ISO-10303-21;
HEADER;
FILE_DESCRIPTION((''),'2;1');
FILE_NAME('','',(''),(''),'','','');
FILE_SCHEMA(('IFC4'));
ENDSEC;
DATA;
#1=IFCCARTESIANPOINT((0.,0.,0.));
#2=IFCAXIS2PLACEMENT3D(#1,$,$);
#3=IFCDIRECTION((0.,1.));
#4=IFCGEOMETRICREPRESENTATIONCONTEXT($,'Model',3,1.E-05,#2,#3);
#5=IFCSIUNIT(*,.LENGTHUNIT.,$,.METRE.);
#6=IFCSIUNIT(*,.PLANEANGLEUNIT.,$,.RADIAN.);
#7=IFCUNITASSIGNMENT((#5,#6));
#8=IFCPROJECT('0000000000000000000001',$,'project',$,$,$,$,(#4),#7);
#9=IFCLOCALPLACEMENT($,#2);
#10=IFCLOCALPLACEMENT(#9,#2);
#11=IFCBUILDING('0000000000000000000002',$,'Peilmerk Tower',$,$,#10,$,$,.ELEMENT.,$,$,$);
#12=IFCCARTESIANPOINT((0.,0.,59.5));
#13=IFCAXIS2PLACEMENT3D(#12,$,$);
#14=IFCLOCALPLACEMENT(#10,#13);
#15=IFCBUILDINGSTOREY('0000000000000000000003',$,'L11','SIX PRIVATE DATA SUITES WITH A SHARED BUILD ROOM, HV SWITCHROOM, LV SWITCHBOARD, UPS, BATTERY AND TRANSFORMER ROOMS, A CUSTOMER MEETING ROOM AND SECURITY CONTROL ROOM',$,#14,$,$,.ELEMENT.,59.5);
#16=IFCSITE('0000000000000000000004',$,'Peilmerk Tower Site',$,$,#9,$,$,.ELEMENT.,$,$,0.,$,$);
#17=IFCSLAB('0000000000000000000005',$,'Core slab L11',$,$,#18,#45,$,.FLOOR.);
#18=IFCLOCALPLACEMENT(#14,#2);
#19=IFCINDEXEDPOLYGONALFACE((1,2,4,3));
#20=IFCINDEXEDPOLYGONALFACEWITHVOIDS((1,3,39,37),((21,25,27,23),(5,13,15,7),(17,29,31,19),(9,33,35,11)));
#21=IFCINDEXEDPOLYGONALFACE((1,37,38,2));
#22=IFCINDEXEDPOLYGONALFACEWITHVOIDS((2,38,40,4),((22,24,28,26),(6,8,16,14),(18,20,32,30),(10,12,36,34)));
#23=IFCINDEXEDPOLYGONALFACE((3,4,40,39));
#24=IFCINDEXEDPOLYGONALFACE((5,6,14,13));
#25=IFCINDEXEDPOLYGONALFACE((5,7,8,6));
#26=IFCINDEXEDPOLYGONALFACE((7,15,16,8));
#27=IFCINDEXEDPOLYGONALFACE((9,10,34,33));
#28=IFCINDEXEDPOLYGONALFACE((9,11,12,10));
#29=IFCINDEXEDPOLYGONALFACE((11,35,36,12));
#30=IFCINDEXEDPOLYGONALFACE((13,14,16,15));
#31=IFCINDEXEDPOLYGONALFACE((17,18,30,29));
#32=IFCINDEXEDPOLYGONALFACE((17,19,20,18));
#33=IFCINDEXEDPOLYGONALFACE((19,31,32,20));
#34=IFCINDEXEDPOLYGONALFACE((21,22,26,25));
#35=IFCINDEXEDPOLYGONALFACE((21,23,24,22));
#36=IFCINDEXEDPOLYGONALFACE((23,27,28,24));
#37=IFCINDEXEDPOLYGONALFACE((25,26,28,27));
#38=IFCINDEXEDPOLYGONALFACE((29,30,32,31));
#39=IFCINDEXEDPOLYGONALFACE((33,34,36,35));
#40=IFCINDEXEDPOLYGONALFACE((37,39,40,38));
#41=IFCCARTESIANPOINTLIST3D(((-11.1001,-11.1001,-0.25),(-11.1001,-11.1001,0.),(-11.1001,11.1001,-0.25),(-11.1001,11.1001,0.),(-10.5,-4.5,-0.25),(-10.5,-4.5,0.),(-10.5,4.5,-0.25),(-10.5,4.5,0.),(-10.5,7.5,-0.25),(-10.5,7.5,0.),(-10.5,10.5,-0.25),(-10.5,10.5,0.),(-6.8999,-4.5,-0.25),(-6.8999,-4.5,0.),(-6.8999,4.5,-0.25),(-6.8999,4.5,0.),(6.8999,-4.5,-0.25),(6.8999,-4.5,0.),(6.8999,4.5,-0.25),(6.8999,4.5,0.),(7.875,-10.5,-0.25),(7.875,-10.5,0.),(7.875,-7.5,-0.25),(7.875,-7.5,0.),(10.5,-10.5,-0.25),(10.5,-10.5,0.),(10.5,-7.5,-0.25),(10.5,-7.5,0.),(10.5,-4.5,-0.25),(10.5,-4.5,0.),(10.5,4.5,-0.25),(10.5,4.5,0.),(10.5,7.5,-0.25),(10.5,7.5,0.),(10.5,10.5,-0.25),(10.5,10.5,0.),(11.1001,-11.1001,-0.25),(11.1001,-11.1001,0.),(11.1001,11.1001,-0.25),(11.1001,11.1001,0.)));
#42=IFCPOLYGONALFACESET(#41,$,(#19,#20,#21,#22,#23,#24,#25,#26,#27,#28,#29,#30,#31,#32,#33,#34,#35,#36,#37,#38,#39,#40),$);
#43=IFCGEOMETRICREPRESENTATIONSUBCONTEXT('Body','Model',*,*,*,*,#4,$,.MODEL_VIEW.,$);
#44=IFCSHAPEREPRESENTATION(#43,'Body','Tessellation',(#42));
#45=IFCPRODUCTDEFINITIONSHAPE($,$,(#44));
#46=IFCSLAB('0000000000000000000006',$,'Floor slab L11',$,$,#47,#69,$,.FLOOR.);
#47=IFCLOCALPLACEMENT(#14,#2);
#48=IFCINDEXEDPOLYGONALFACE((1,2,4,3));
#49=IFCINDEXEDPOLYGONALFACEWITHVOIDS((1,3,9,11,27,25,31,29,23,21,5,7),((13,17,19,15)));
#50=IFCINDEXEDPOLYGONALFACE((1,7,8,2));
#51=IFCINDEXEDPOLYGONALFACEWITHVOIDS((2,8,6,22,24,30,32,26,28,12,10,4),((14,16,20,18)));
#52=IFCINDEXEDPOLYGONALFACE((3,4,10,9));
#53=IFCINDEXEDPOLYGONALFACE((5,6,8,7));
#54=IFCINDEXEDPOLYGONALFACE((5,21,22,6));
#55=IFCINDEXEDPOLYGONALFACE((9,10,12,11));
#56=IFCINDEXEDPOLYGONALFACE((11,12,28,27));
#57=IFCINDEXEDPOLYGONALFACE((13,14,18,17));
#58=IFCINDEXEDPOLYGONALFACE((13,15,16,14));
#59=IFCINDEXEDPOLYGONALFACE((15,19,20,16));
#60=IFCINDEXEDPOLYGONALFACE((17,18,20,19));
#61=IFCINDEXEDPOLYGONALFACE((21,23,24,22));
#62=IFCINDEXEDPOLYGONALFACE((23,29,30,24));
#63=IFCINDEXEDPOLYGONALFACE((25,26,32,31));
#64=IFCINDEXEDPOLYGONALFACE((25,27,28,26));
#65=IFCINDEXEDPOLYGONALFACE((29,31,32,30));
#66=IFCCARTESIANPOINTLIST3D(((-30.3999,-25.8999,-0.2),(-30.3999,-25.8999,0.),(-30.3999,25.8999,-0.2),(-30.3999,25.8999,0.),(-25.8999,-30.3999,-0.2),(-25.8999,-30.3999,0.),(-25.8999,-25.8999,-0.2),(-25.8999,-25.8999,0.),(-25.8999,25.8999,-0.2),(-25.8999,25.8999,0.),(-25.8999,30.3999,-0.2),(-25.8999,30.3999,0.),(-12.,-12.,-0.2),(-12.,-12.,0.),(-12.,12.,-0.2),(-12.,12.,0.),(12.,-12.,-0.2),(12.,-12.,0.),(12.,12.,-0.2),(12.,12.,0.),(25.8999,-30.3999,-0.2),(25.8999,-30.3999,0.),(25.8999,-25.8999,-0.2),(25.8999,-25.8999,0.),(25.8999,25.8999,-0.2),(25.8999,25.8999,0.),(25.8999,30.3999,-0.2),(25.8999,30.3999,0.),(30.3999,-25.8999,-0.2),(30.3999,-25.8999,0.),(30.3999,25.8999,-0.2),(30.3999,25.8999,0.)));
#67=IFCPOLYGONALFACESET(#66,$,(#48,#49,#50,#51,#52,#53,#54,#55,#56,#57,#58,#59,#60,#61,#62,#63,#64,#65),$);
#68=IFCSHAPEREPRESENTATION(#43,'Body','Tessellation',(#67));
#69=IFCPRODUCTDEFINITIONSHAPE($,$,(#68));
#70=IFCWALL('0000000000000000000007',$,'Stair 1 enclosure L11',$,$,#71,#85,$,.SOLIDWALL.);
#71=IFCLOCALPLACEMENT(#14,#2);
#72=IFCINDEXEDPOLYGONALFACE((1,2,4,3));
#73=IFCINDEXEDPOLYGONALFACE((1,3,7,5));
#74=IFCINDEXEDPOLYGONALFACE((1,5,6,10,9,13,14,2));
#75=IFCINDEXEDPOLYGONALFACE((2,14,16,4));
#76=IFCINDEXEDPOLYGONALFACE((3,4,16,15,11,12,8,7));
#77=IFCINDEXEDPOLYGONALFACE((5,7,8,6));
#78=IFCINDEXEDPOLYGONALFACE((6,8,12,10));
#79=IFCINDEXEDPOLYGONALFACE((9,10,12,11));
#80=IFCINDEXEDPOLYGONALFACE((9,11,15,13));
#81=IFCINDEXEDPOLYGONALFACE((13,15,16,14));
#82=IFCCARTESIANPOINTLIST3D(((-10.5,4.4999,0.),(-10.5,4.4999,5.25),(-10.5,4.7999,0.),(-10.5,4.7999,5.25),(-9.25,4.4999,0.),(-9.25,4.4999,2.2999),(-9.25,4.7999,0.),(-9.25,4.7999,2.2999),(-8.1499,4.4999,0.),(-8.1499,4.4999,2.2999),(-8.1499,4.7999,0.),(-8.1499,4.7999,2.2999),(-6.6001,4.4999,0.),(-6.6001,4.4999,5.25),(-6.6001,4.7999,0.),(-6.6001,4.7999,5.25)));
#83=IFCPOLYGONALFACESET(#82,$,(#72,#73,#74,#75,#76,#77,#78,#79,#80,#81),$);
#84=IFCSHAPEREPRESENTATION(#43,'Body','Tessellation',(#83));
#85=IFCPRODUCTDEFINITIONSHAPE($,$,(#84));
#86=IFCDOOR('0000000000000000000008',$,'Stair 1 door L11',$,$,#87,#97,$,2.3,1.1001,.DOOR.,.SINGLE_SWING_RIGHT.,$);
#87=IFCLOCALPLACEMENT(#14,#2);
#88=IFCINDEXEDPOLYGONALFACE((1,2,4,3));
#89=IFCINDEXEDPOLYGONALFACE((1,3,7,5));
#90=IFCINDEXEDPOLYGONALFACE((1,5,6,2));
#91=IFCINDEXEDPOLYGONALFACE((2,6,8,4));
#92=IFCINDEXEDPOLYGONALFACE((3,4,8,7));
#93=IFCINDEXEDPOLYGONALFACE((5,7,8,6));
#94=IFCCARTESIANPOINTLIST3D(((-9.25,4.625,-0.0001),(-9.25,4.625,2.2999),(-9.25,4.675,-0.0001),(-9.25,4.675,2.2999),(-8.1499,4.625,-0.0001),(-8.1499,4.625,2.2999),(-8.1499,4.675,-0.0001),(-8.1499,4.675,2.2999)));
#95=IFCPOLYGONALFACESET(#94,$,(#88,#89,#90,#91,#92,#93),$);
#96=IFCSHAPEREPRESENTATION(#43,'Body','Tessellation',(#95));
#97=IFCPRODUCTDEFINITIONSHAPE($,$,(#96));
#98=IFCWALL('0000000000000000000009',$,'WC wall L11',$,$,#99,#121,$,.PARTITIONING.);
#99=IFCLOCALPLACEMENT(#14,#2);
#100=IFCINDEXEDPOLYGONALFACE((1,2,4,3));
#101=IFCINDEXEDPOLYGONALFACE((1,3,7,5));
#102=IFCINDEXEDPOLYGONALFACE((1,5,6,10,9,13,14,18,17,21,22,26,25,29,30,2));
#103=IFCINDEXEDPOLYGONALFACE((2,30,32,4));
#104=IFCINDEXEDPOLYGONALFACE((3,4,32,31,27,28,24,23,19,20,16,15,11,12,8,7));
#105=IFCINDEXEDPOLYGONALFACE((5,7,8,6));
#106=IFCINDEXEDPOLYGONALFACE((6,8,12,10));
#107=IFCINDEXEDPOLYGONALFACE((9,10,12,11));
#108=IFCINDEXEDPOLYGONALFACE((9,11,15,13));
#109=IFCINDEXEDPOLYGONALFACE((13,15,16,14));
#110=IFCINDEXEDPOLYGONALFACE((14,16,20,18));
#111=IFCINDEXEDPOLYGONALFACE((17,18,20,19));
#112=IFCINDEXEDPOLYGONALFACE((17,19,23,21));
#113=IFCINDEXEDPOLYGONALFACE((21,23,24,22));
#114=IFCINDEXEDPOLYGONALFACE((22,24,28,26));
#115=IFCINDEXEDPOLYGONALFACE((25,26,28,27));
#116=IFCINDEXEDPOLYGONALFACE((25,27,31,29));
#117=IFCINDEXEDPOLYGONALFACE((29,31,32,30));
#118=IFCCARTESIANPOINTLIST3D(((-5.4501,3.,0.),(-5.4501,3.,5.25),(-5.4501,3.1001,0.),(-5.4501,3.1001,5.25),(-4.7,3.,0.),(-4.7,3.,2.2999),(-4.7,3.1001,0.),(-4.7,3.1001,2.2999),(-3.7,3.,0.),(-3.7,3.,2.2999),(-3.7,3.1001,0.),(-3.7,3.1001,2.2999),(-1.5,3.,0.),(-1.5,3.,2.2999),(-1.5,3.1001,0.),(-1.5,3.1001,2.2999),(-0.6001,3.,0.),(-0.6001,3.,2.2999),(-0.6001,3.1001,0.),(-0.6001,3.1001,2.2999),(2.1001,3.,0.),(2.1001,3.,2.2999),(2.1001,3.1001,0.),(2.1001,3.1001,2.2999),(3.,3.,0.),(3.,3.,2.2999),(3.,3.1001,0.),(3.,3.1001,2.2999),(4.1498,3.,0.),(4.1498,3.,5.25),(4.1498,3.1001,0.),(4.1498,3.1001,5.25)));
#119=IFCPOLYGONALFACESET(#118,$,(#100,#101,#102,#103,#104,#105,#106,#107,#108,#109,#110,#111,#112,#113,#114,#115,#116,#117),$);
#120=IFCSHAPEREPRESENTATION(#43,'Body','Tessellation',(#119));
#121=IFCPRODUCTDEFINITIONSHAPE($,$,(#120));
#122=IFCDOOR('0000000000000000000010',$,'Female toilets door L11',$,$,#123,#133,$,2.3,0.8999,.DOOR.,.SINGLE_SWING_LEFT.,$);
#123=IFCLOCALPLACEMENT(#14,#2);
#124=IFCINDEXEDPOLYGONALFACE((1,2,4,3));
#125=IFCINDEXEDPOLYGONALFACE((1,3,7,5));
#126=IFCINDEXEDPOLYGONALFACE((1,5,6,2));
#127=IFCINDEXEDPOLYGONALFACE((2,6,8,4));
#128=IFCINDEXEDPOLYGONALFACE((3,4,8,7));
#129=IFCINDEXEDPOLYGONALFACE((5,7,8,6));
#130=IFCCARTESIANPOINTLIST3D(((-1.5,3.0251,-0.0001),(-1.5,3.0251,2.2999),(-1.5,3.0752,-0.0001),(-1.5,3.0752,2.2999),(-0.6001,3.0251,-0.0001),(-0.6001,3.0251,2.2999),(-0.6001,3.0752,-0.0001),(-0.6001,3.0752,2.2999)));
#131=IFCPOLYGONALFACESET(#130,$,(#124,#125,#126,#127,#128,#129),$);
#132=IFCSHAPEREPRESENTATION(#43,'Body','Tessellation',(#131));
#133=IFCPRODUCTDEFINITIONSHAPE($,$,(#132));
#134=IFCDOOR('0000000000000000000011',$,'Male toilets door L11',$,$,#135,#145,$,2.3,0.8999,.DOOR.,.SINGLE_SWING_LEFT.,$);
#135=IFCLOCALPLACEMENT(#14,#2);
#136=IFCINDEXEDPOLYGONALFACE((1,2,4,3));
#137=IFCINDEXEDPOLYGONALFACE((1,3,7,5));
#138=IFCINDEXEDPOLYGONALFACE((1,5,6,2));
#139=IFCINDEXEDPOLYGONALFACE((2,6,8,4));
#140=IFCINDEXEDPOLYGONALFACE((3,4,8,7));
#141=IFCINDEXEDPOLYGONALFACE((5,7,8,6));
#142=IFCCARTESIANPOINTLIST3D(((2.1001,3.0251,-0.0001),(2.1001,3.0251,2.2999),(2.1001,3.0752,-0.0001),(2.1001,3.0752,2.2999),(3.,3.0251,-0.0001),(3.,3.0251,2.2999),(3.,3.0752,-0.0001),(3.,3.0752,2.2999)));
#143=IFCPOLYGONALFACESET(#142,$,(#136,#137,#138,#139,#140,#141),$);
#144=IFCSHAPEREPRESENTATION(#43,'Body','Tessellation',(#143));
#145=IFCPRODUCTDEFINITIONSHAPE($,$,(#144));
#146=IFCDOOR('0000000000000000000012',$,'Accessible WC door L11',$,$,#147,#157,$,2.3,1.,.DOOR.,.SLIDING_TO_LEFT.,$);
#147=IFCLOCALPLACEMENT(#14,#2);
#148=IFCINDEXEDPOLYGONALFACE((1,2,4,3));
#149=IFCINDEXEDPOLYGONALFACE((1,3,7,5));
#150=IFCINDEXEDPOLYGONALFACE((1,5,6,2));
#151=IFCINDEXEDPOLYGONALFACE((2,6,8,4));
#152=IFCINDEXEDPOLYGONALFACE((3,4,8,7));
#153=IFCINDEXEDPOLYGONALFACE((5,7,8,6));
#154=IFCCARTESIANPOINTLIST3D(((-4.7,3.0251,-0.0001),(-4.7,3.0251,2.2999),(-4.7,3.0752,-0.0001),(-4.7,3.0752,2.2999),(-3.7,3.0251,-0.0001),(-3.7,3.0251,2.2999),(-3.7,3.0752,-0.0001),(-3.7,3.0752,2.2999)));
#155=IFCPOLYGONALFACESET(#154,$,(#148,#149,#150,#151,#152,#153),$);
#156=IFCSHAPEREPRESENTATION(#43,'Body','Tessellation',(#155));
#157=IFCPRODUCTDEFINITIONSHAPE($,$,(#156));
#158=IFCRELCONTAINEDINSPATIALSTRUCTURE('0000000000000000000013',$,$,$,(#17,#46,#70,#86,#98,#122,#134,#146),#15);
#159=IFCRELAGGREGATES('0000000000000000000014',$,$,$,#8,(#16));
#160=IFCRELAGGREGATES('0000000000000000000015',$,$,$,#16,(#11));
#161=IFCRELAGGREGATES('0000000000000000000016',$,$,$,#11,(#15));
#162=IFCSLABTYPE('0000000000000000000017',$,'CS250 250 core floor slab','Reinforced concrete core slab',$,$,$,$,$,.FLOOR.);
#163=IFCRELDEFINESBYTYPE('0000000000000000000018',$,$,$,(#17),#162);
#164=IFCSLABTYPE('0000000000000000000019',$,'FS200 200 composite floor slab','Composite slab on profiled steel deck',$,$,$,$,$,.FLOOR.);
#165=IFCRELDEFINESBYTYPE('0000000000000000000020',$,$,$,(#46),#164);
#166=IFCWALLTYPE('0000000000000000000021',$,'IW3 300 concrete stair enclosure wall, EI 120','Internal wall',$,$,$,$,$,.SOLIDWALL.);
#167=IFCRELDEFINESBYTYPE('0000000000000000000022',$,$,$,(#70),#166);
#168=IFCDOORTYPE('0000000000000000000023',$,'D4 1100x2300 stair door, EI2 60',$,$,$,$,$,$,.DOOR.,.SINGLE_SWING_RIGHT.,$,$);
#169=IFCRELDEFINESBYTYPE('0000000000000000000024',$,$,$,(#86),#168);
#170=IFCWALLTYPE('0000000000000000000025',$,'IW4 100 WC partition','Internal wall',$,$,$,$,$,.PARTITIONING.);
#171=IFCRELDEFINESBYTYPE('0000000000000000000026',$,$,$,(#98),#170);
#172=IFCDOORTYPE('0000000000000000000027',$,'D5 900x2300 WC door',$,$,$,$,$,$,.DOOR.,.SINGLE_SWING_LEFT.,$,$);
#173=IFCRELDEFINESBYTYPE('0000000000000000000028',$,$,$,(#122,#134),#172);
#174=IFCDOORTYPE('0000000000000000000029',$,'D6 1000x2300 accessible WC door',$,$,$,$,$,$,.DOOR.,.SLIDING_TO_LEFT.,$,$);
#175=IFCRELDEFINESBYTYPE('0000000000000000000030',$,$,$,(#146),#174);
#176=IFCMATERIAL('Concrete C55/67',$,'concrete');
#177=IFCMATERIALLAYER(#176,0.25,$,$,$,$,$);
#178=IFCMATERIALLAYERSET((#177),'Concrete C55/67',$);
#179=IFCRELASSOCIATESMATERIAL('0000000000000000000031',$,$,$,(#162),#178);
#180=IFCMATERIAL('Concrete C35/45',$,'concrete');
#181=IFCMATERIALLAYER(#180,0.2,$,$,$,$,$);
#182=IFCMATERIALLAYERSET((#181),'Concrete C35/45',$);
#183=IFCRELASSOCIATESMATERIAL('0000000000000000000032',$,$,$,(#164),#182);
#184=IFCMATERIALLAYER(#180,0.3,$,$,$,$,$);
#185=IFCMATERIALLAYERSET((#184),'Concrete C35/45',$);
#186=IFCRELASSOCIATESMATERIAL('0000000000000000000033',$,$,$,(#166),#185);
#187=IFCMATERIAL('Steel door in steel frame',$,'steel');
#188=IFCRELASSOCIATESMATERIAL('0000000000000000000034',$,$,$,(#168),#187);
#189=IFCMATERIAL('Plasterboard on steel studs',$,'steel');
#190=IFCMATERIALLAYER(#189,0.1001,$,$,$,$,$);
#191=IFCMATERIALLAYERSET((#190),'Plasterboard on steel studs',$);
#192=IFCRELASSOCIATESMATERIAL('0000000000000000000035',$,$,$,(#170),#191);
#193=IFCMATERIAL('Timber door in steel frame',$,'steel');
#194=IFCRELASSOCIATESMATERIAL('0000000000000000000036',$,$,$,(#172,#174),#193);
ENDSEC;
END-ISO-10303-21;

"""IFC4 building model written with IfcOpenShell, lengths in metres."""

from ifc_helpers import new_model, si_unit, direction, frame, frame_2d, origin, place, context, subcontext, project, spatial, polyline, rectangle, outline, extrude, material, layer, layer_set, type_object, element, fill, save


model = new_model("IFC4")

# Units and contexts
model_context = context("Model", 3, precision=1e-05, world=origin(), true_north=direction((0.0, 1.0)))
body_context = subcontext(model_context, "Body", "Model", "MODEL_VIEW")
ifc_project = project(units=[si_unit("LENGTHUNIT", "METRE"), si_unit("PLANEANGLEUNIT", "RADIAN")], contexts=[model_context])

# Site, building, storey
site_placement = place(None, origin())
site = spatial("IfcSite", under=ifc_project, at=site_placement, Name="Peilmerk Tower Site", CompositionType="ELEMENT", RefElevation=0.0)
building_placement = place(site_placement, origin())
building = spatial("IfcBuilding", under=site, at=building_placement, Name="Peilmerk Tower", CompositionType="ELEMENT")
storey_placement = place(building_placement, frame((0.0, 0.0, 59.5)))
storey = spatial("IfcBuildingStorey", under=building, at=storey_placement, Name="L11", Description="SIX PRIVATE DATA SUITES WITH A SHARED BUILD ROOM, HV SWITCHROOM, LV SWITCHBOARD, UPS, BATTERY AND TRANSFORMER ROOMS, A CUSTOMER MEETING ROOM AND SECURITY CONTROL ROOM", CompositionType="ELEMENT", Elevation=59.5)

# Slabs
ifc_material_1 = material(Name="Concrete C55/67", Category="concrete")
ifc_layer_1 = layer(ifc_material_1, 0.25)
ifc_layer_set_1 = layer_set([ifc_layer_1], Name="Concrete C55/67")
slab_type_1 = type_object("IfcSlabType", Name="CS250 250 core floor slab", Description="Reinforced concrete core slab", PredefinedType="FLOOR", material=ifc_layer_set_1)
slab_1_placement = place(storey_placement, frame((0.0, 0.0, -0.25)))
element("IfcSlab", 1, at=slab_1_placement, inside=storey, type_object=slab_type_1, Name="Core slab L11", PredefinedType="FLOOR", context=body_context, shape_type="SweptSolid", body=[
    extrude(outline(polyline([(-11.1001, 11.1001), (-11.1001, -11.1001), (11.1001, -11.1001), (11.1001, 11.1001), (-11.1001, 11.1001)]), holes=[polyline([(10.5, 7.5), (-10.5, 7.5), (-10.5, 10.5), (10.5, 10.5), (10.5, 7.5)]), polyline([(7.875, -10.5), (7.875, -7.5), (10.5, -7.5), (10.5, -10.5), (7.875, -10.5)]), polyline([(-10.5, 4.5), (-6.8999, 4.5), (-6.8999, -4.5), (-10.5, -4.5), (-10.5, 4.5)]), polyline([(10.5, 4.5), (10.5, -4.5), (6.8999, -4.5), (6.8999, 4.5), (10.5, 4.5)])]), origin(), (0.0, 0.0, 1.0), 0.25),
])
ifc_material_2 = material(Name="Concrete C35/45", Category="concrete")
ifc_layer_2 = layer(ifc_material_2, 0.2)
ifc_layer_set_2 = layer_set([ifc_layer_2], Name="Concrete C35/45")
slab_type_2 = type_object("IfcSlabType", Name="FS200 200 composite floor slab", Description="Composite slab on profiled steel deck", PredefinedType="FLOOR", material=ifc_layer_set_2)
slab_2_placement = place(storey_placement, frame((0.0, 0.0, -0.2)))
element("IfcSlab", 2, at=slab_2_placement, inside=storey, type_object=slab_type_2, Name="Floor slab L11", PredefinedType="FLOOR", context=body_context, shape_type="SweptSolid", body=[
    extrude(outline(polyline([(-25.8999, -30.3999), (25.8999, -30.3999), (25.8999, -25.8999), (30.3999, -25.8999), (30.3999, 25.8999), (25.8999, 25.8999), (25.8999, 30.3999), (-25.8999, 30.3999), (-25.8999, 25.8999), (-30.3999, 25.8999), (-30.3999, -25.8999), (-25.8999, -25.8999), (-25.8999, -30.3999)]), holes=[polyline([(12.0, 12.0), (12.0, -12.0), (-12.0, -12.0), (-12.0, 12.0), (12.0, 12.0)])]), origin(), (0.0, 0.0, 1.0), 0.2),
])

# Wall, opening, door
ifc_layer_3 = layer(ifc_material_2, 0.3)
ifc_layer_set_3 = layer_set([ifc_layer_3], Name="Concrete C35/45")
wall_type_1 = type_object("IfcWallType", Name="IW3 300 concrete stair enclosure wall, EI 120", Description="Internal wall", PredefinedType="SOLIDWALL", material=ifc_layer_set_3)
wall_1_placement = place(storey_placement, frame((-10.5, 4.6499, 0.0), z_axis=(0.0, 0.0, 1.0), x_axis=(1.0, 0.0, 0.0)))
wall_1 = element("IfcWall", 3, at=wall_1_placement, inside=storey, type_object=wall_type_1, Name="Stair 1 enclosure L11", PredefinedType="SOLIDWALL", context=body_context, shape_type="SweptSolid", body=[
    extrude(rectangle(XDim=3.8999, YDim=0.3, at=frame_2d((1.95, 0.0))), origin(), (0.0, 0.0, 1.0), 5.25),
])
opening_1_placement = place(wall_1_placement, frame((1.25, 0.0, 0.0)))
opening_1 = element("IfcOpeningElement", 4, at=opening_1_placement, cuts=wall_1, PredefinedType="OPENING", context=body_context, shape_type="SweptSolid", body=[
    extrude(rectangle(XDim=1.1001, YDim=2.3, at=frame_2d((0.55, 1.1499))), frame((0.0, 0.1599, 0.0), z_axis=(0.0, -1.0, 0.0), x_axis=(1.0, 0.0, 0.0)), (0.0, 0.0, 1.0), 0.3201),
])
ifc_material_3 = material(Name="Steel door in steel frame", Category="steel")
door_type_1 = type_object("IfcDoorType", Name="D4 1100x2300 stair door, EI2 60", OperationType="SINGLE_SWING_RIGHT", PredefinedType="DOOR", material=ifc_material_3)
door_1_placement = place(opening_1_placement, frame((1.1001, 0.0, 0.0), z_axis=(0.0, 0.0, 1.0), x_axis=(-1.0, 0.0, 0.0)))
door_1 = element("IfcDoor", 5, at=door_1_placement, inside=storey, type_object=door_type_1, Name="Stair 1 door L11", OperationType="SINGLE_SWING_RIGHT", OverallHeight=2.3, OverallWidth=1.1001, PredefinedType="DOOR", context=body_context, shape_type="SweptSolid", body=[
    extrude(rectangle(XDim=1.1001, YDim=2.3, at=frame_2d((0.55, 1.1499))), frame((0.0, 0.0249, 0.0), z_axis=(0.0, -1.0, 0.0), x_axis=(1.0, 0.0, 0.0)), (0.0, 0.0, 1.0), 0.05),
])
fill(opening_1, door_1)

# Wall, openings, doors
ifc_material_4 = material(Name="Plasterboard on steel studs", Category="steel")
ifc_layer_4 = layer(ifc_material_4, 0.1001)
ifc_layer_set_4 = layer_set([ifc_layer_4], Name="Plasterboard on steel studs")
wall_type_2 = type_object("IfcWallType", Name="IW4 100 WC partition", Description="Internal wall", PredefinedType="PARTITIONING", material=ifc_layer_set_4)
wall_2_placement = place(storey_placement, frame((-5.45, 3.05, 0.0), z_axis=(0.0, 0.0, 1.0), x_axis=(1.0, 0.0, 0.0)))
wall_2 = element("IfcWall", 6, at=wall_2_placement, inside=storey, type_object=wall_type_2, Name="WC wall L11", PredefinedType="PARTITIONING", context=body_context, shape_type="SweptSolid", body=[
    extrude(rectangle(XDim=9.5999, YDim=0.1001, at=frame_2d((4.7998, 0.0))), origin(), (0.0, 0.0, 1.0), 5.25),
])
opening_2_placement = place(wall_2_placement, frame((0.75, 0.0, 0.0)))
opening_2 = element("IfcOpeningElement", 7, at=opening_2_placement, cuts=wall_2, PredefinedType="OPENING", context=body_context, shape_type="SweptSolid", body=[
    extrude(rectangle(XDim=1.0, YDim=2.3, at=frame_2d((0.5, 1.1499))), frame((0.0, 0.0601, 0.0), z_axis=(0.0, -1.0, 0.0), x_axis=(1.0, 0.0, 0.0)), (0.0, 0.0, 1.0), 0.1201),
])
opening_3_placement = place(wall_2_placement, frame((3.95, 0.0, 0.0)))
opening_3 = element("IfcOpeningElement", 8, at=opening_3_placement, cuts=wall_2, PredefinedType="OPENING", context=body_context, shape_type="SweptSolid", body=[
    extrude(rectangle(XDim=0.8999, YDim=2.3, at=frame_2d((0.45, 1.1499))), frame((0.0, 0.0601, 0.0), z_axis=(0.0, -1.0, 0.0), x_axis=(1.0, 0.0, 0.0)), (0.0, 0.0, 1.0), 0.1201),
])
opening_4_placement = place(wall_2_placement, frame((7.55, 0.0, 0.0)))
opening_4 = element("IfcOpeningElement", 9, at=opening_4_placement, cuts=wall_2, PredefinedType="OPENING", context=body_context, shape_type="SweptSolid", body=[
    extrude(rectangle(XDim=0.8999, YDim=2.3, at=frame_2d((0.45, 1.1499))), frame((0.0, 0.0601, 0.0), z_axis=(0.0, -1.0, 0.0), x_axis=(1.0, 0.0, 0.0)), (0.0, 0.0, 1.0), 0.1201),
])
ifc_material_5 = material(Name="Timber door in steel frame", Category="steel")
door_type_2 = type_object("IfcDoorType", Name="D5 900x2300 WC door", OperationType="SINGLE_SWING_LEFT", PredefinedType="DOOR", material=ifc_material_5)
door_2_placement = place(opening_3_placement, frame((0.8999, 0.0, 0.0), z_axis=(0.0, 0.0, 1.0), x_axis=(-1.0, 0.0, 0.0)))
door_2 = element("IfcDoor", 10, at=door_2_placement, inside=storey, type_object=door_type_2, Name="Female toilets door L11", OperationType="SINGLE_SWING_LEFT", OverallHeight=2.3, OverallWidth=0.8999, PredefinedType="DOOR", context=body_context, shape_type="SweptSolid", body=[
    extrude(rectangle(XDim=0.8999, YDim=2.3, at=frame_2d((0.45, 1.1499))), frame((0.0, 0.0249, 0.0), z_axis=(0.0, -1.0, 0.0), x_axis=(1.0, 0.0, 0.0)), (0.0, 0.0, 1.0), 0.05),
])
fill(opening_3, door_2)
door_3_placement = place(opening_4_placement, frame((0.8999, 0.0, 0.0), z_axis=(0.0, 0.0, 1.0), x_axis=(-1.0, 0.0, 0.0)))
door_3 = element("IfcDoor", 11, at=door_3_placement, inside=storey, type_object=door_type_2, Name="Male toilets door L11", OperationType="SINGLE_SWING_LEFT", OverallHeight=2.3, OverallWidth=0.8999, PredefinedType="DOOR", context=body_context, shape_type="SweptSolid", body=[
    extrude(rectangle(XDim=0.8999, YDim=2.3, at=frame_2d((0.45, 1.1499))), frame((0.0, 0.0249, 0.0), z_axis=(0.0, -1.0, 0.0), x_axis=(1.0, 0.0, 0.0)), (0.0, 0.0, 1.0), 0.05),
])
fill(opening_4, door_3)
door_type_3 = type_object("IfcDoorType", Name="D6 1000x2300 accessible WC door", OperationType="SLIDING_TO_LEFT", PredefinedType="DOOR", material=ifc_material_5)
door_4_placement = place(opening_2_placement, frame((1.0, 0.0, 0.0), z_axis=(0.0, 0.0, 1.0), x_axis=(-1.0, 0.0, 0.0)))
door_4 = element("IfcDoor", 12, at=door_4_placement, inside=storey, type_object=door_type_3, Name="Accessible WC door L11", OperationType="SLIDING_TO_LEFT", OverallHeight=2.3, OverallWidth=1.0, PredefinedType="DOOR", context=body_context, shape_type="SweptSolid", body=[
    extrude(rectangle(XDim=1.0, YDim=2.3, at=frame_2d((0.5, 1.1499))), frame((0.0, 0.0249, 0.0), z_axis=(0.0, -1.0, 0.0), x_axis=(1.0, 0.0, 0.0)), (0.0, 0.0, 1.0), 0.05),
])
fill(opening_2, door_4)

save(model, "model.ifc")
